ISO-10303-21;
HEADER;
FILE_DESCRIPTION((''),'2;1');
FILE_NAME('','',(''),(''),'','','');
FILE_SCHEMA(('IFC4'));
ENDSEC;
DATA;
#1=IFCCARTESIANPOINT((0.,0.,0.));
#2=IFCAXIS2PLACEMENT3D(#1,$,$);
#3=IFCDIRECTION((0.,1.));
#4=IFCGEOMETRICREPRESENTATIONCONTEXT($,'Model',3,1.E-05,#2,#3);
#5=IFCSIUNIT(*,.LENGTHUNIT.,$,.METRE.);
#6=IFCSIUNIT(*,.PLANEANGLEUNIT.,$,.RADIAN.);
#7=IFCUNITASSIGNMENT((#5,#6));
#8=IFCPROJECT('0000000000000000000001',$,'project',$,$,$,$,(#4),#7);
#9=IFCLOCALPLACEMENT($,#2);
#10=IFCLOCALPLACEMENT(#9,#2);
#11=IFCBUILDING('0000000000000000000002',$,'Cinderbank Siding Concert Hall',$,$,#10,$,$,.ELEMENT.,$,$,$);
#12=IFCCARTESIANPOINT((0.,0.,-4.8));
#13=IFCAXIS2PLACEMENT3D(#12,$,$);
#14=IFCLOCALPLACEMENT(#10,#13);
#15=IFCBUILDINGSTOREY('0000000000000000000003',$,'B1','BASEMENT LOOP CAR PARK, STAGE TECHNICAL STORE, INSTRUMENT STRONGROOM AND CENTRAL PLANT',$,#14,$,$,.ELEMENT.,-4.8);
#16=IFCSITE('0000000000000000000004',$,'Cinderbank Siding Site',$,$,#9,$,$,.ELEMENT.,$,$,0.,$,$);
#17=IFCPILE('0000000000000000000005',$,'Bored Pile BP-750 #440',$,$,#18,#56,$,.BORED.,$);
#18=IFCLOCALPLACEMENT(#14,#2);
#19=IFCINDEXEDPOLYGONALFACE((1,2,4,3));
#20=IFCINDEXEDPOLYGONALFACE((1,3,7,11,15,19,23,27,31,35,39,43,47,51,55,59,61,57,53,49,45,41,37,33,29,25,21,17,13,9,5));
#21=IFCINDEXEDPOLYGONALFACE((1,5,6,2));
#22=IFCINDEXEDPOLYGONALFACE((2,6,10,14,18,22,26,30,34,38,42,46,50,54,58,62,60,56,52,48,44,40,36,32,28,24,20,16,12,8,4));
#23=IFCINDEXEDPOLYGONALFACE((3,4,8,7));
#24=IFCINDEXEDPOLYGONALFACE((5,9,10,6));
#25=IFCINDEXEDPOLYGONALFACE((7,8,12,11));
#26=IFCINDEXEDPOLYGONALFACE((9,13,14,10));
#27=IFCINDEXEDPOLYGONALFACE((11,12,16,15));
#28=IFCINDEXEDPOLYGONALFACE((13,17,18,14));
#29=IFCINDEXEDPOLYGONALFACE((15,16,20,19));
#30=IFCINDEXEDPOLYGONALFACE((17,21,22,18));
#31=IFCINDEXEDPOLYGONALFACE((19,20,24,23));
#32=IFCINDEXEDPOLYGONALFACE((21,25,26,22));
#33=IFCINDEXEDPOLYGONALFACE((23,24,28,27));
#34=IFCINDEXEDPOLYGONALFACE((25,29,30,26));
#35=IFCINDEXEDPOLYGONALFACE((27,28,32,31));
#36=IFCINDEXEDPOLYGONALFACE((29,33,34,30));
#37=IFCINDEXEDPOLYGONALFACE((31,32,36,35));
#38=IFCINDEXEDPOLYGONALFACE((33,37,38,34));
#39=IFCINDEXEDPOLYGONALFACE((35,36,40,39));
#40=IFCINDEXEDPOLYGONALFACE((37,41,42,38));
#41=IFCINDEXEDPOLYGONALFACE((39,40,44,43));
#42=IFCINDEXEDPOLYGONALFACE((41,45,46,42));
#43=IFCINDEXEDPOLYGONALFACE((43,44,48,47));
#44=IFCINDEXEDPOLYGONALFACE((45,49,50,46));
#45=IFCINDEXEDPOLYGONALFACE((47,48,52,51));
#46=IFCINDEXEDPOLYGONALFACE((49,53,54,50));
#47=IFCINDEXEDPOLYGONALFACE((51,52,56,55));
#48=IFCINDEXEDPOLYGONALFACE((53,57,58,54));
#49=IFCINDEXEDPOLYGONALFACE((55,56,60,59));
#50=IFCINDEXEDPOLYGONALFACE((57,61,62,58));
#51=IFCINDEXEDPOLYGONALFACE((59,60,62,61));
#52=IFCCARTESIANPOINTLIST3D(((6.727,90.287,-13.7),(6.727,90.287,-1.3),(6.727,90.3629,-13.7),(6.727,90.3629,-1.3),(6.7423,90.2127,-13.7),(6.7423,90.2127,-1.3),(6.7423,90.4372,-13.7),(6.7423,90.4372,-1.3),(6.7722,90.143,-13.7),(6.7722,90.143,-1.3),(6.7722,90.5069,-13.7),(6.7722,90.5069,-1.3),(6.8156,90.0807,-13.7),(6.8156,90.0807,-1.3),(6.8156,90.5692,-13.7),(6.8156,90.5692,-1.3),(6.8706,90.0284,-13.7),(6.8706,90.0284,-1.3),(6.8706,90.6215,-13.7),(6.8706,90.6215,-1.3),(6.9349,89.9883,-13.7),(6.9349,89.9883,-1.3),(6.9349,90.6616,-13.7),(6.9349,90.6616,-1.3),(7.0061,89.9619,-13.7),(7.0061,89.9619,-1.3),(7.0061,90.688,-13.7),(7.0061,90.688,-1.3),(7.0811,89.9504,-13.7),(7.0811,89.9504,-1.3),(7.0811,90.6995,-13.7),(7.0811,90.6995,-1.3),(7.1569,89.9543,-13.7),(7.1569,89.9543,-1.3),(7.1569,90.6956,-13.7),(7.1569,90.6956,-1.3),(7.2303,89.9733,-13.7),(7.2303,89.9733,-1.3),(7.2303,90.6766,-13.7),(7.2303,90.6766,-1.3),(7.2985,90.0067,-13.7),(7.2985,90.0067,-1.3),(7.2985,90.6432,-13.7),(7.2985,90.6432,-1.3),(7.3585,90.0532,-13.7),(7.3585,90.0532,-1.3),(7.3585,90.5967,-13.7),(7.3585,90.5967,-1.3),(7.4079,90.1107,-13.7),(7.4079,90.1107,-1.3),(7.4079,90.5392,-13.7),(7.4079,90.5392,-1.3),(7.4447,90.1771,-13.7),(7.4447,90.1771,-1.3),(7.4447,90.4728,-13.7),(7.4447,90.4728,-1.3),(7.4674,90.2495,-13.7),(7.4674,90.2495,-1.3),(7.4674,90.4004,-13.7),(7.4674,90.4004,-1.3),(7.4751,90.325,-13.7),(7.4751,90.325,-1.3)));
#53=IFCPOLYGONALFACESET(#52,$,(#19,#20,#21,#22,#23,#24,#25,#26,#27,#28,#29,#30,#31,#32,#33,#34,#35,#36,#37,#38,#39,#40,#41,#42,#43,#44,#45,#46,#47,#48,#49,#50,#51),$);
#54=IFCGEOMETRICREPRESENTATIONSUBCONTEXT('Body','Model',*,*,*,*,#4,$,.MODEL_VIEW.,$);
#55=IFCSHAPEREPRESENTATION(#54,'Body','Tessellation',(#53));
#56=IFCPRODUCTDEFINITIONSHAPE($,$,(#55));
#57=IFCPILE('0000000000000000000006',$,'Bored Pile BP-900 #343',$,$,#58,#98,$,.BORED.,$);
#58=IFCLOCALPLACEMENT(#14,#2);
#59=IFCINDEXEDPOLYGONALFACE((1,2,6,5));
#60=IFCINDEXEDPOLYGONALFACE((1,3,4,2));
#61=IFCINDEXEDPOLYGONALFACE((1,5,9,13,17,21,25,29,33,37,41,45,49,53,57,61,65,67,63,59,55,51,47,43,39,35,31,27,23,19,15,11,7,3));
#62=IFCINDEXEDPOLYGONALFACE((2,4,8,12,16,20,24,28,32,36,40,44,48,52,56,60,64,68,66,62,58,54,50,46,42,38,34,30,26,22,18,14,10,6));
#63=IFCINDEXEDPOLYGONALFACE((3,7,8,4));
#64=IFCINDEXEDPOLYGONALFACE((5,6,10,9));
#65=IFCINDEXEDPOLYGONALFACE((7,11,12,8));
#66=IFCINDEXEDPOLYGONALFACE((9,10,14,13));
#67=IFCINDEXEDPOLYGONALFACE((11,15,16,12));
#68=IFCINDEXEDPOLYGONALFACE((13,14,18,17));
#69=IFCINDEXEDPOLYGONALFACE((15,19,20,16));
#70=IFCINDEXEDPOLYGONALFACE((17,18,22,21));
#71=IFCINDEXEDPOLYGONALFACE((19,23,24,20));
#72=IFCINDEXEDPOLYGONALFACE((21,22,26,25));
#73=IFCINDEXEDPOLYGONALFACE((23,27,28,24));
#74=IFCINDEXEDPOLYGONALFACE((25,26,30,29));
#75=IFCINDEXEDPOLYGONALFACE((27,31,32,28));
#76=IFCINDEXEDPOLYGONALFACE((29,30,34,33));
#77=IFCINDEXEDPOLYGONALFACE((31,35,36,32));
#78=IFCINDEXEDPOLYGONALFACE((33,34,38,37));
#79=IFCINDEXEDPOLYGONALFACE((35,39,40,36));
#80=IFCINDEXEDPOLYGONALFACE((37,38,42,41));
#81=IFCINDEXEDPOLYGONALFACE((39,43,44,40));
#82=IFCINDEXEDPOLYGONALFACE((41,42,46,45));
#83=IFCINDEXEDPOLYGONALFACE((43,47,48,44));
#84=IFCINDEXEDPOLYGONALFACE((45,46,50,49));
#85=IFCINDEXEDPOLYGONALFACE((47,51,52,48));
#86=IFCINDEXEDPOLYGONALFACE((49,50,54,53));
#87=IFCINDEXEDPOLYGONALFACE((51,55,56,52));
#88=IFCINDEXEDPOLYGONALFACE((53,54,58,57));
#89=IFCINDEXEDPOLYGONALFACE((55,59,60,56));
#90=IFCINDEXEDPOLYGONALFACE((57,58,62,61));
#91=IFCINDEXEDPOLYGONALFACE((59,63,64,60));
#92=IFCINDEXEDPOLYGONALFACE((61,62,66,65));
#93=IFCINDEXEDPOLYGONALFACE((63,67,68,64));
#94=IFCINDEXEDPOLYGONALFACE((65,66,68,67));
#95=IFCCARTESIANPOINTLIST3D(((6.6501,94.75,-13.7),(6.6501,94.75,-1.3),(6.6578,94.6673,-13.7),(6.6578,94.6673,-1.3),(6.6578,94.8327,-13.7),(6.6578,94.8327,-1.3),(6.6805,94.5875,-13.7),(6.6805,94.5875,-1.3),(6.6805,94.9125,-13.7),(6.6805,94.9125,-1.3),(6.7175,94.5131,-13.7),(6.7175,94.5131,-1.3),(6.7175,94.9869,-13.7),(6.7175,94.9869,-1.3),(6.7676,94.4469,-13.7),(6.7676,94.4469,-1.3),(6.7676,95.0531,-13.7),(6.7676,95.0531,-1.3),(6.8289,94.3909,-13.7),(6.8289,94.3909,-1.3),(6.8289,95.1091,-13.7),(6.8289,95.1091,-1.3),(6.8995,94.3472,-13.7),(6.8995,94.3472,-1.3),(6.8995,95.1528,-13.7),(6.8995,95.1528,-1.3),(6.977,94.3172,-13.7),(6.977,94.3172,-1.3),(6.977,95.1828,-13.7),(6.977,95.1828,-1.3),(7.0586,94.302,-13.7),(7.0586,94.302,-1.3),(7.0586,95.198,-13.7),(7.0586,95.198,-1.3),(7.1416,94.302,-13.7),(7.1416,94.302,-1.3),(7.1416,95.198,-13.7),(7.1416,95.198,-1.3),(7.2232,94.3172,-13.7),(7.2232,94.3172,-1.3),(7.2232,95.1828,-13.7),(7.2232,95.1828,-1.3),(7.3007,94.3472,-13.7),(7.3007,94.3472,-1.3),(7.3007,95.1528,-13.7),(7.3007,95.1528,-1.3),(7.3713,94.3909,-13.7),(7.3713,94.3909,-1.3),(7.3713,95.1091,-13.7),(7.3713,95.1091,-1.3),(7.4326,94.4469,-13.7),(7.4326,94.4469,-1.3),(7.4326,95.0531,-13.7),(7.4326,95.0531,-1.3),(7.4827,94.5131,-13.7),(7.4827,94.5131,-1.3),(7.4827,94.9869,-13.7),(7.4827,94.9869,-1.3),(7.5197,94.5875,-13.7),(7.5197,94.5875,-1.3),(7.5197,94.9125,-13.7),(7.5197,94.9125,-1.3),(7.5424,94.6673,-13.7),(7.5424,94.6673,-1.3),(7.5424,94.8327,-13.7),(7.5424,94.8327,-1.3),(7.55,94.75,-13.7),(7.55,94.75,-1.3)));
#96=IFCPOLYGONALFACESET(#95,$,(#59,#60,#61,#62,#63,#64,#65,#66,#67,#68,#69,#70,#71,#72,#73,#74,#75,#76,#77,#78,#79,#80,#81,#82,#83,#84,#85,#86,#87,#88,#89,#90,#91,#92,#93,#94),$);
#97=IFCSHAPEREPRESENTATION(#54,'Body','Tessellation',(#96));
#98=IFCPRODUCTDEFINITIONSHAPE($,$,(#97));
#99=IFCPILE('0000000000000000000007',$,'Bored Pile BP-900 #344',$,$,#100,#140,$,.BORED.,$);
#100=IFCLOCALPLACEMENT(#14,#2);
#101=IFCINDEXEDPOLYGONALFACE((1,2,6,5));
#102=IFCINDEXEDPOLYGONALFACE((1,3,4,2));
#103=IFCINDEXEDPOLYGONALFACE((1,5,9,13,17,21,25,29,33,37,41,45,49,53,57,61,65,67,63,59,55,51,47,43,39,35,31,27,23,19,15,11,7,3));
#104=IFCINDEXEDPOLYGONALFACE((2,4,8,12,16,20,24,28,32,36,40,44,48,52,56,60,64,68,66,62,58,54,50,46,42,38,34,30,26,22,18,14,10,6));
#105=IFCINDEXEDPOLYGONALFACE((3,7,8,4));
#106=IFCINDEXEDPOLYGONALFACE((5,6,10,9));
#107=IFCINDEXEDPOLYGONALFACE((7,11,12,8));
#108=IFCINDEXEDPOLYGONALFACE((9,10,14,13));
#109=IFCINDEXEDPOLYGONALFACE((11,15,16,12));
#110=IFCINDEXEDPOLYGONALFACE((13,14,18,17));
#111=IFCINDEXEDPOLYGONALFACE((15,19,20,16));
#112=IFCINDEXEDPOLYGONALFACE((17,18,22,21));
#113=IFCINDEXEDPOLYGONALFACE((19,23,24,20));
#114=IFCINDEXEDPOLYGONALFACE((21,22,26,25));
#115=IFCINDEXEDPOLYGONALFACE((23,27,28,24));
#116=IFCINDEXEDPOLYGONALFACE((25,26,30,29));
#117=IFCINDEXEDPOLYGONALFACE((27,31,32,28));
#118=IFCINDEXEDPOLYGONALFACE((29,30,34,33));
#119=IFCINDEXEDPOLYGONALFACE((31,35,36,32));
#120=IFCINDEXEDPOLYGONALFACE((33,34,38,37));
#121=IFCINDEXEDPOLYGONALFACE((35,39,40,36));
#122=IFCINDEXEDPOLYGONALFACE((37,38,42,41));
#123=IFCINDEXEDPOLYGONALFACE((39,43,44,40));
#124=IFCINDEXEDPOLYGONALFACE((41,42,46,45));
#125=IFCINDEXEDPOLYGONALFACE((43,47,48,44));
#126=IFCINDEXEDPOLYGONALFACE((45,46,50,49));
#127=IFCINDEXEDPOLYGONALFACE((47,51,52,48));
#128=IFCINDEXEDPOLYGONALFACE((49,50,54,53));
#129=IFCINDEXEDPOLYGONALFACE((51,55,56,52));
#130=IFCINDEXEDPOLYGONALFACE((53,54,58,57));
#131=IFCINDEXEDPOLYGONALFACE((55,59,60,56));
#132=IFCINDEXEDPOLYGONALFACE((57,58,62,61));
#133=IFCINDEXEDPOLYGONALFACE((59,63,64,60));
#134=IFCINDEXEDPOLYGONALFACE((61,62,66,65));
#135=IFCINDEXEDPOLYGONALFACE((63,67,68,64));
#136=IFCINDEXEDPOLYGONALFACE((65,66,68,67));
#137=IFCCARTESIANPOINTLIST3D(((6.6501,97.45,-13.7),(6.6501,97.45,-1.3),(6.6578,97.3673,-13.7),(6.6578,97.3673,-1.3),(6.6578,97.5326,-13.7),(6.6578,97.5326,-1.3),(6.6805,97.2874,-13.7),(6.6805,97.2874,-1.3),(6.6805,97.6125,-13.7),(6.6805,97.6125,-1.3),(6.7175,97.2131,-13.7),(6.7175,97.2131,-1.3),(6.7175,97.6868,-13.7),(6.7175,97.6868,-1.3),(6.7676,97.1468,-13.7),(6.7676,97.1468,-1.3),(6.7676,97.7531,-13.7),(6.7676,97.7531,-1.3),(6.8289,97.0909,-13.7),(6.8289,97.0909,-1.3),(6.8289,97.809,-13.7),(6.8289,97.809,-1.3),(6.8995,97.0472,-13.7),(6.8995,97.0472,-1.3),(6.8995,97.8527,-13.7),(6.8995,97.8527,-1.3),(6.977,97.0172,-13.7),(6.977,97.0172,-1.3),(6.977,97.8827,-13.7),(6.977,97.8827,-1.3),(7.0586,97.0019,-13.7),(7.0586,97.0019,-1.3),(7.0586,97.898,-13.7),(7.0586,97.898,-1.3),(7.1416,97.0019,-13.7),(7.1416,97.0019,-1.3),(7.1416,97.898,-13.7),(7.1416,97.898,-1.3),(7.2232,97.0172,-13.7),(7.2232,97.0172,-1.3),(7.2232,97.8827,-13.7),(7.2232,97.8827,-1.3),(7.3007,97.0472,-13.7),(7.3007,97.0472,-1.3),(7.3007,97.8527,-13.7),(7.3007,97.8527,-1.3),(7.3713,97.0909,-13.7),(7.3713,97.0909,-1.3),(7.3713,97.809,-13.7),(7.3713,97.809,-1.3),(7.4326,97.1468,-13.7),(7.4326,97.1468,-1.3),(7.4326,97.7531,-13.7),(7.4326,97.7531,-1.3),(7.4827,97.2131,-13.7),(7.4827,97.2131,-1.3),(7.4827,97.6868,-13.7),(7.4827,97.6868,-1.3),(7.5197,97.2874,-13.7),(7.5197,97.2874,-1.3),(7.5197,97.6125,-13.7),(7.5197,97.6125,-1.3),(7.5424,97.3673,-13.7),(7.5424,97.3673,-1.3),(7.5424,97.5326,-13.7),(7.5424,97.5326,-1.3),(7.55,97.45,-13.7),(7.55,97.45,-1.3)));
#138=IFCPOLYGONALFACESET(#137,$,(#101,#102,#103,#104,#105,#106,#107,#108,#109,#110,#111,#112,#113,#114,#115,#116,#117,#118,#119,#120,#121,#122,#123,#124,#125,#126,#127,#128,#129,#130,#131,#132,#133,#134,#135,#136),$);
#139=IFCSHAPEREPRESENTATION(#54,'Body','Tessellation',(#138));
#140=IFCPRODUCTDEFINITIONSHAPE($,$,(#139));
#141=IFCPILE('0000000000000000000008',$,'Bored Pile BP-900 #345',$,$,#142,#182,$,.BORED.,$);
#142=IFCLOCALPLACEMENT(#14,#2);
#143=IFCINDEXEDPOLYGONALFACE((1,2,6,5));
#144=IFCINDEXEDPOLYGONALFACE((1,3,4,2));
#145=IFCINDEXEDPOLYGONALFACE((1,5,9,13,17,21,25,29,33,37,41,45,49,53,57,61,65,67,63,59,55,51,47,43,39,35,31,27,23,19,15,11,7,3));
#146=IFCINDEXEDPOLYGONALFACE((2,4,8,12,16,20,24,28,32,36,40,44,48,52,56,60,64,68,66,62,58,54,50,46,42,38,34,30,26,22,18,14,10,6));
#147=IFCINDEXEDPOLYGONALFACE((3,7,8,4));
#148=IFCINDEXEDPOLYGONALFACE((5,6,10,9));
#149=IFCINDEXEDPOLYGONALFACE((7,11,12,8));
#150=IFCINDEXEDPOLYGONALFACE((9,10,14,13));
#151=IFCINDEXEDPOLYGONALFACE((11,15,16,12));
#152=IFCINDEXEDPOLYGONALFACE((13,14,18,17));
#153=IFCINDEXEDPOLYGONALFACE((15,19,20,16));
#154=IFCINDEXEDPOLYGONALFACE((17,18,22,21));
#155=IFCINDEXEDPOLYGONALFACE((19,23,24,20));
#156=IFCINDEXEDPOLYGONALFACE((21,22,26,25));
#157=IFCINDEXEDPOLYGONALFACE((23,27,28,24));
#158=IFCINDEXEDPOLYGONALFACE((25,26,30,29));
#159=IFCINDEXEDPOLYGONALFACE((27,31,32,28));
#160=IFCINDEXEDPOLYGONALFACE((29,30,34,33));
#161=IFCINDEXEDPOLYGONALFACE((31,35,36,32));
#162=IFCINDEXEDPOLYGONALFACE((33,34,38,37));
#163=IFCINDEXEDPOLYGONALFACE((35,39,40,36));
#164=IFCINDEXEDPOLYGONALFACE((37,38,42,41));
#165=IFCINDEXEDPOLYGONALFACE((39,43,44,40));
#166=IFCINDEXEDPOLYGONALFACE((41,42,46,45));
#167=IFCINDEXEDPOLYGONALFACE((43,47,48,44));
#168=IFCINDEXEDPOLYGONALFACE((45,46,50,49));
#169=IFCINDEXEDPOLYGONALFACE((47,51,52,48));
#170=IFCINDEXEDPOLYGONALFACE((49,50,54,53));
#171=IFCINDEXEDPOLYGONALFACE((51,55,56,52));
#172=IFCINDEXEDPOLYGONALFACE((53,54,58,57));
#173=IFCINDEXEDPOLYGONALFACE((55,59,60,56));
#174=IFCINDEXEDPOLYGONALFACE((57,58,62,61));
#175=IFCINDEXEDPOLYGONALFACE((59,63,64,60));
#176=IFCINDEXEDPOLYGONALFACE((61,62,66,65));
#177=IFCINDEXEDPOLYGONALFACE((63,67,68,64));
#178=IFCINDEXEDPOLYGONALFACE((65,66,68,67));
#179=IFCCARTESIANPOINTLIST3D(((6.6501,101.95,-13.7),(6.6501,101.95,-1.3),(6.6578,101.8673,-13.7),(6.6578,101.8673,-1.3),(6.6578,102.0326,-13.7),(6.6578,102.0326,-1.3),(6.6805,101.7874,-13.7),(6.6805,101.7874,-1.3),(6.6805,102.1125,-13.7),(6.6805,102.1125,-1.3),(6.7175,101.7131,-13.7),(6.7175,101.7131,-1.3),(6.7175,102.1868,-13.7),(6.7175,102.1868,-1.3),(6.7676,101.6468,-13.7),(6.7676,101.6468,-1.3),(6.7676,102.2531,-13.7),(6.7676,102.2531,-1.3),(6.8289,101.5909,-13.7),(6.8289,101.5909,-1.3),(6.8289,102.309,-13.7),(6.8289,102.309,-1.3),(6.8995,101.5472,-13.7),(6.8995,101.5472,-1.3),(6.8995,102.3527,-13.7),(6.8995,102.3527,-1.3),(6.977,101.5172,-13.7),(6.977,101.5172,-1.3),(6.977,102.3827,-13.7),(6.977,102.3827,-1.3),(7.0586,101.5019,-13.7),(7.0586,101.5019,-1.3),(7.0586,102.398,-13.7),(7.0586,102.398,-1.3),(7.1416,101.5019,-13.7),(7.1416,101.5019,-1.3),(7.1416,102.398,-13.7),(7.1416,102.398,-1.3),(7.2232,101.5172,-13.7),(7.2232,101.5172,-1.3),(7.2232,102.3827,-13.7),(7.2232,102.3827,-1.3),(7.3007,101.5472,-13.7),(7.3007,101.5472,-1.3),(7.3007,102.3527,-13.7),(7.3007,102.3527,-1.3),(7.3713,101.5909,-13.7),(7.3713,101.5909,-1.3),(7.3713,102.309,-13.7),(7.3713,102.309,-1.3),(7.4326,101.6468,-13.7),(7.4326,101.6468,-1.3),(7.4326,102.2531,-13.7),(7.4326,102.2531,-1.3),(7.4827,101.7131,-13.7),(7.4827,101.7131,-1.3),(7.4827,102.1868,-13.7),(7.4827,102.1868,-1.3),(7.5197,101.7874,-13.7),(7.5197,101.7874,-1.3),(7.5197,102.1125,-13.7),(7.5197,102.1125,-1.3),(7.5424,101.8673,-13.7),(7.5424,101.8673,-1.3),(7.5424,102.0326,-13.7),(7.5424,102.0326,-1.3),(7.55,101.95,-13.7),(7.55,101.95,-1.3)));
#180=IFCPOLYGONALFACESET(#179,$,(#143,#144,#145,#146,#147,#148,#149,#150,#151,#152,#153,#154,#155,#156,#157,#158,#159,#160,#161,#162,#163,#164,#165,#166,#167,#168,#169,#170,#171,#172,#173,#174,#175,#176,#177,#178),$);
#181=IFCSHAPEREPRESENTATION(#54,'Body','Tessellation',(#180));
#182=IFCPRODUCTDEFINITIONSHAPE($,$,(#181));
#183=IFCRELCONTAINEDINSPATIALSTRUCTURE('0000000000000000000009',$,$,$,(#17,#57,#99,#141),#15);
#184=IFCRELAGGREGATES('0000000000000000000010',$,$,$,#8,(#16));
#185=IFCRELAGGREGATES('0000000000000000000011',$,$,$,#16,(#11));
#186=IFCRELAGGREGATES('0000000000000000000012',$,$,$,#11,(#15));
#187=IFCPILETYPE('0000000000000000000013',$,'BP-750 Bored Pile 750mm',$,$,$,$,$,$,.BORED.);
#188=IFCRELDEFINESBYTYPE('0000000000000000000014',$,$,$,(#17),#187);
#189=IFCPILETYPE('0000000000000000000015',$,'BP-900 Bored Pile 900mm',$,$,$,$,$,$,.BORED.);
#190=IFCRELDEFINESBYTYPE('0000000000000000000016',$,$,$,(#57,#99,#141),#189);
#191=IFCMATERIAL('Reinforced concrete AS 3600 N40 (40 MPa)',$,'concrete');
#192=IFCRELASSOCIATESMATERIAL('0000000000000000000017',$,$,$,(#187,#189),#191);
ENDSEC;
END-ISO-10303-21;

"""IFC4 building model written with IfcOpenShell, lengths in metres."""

from ifc_helpers import new_model, si_unit, direction, frame, origin, origin_2d, place, context, subcontext, project, spatial, circle, extrude, material, material_profile, profile_set, type_object, element, save


model = new_model("IFC4")

# Units and contexts
model_context = context("Model", 3, precision=1e-05, world=origin(), true_north=direction((0.0, 1.0)))
body_context = subcontext(model_context, "Body", "Model", "MODEL_VIEW")
ifc_project = project(units=[si_unit("LENGTHUNIT", "METRE"), si_unit("PLANEANGLEUNIT", "RADIAN")], contexts=[model_context])

# Site, building, storey
site_placement = place(None, origin())
site = spatial("IfcSite", under=ifc_project, at=site_placement, Name="Cinderbank Siding Site", CompositionType="ELEMENT", RefElevation=0.0)
building_placement = place(site_placement, origin())
building = spatial("IfcBuilding", under=site, at=building_placement, Name="Cinderbank Siding Concert Hall", CompositionType="ELEMENT")
storey_placement = place(building_placement, frame((0.0, 0.0, -4.8)))
storey = spatial("IfcBuildingStorey", under=building, at=storey_placement, Name="B1", Description="BASEMENT LOOP CAR PARK, STAGE TECHNICAL STORE, INSTRUMENT STRONGROOM AND CENTRAL PLANT", CompositionType="ELEMENT", Elevation=-4.8)

# Piles
ifc_material_1 = material(Name="Reinforced concrete AS 3600 N40 (40 MPa)", Category="concrete")
ifc_material_profile_1 = material_profile(ifc_material_1, circle(Radius=0.375, at=origin_2d()), Name="PILE-750DIA", Category="LoadBearing")
ifc_profile_set_1 = profile_set([ifc_material_profile_1], Name="Reinforced concrete AS 3600 N40 (40 MPa)")
pile_type_1 = type_object("IfcPileType", Name="BP-750 Bored Pile 750mm", PredefinedType="BORED", material=ifc_profile_set_1)
pile_placement = place(storey_placement, frame((7.1001, 90.325, -1.3), z_axis=(0.0, 0.0, -1.0), x_axis=(1.0, 0.0, 0.0)))
element("IfcPile", 1, at=pile_placement, inside=storey, type_object=pile_type_1, Name="Bored Pile BP-750 #440", PredefinedType="BORED", context=body_context, shape_type="SweptSolid", body=[
    extrude(circle(Radius=0.375, at=origin_2d()), origin(), (0.0, 0.0, 1.0), 12.3999),
])
ifc_material_profile_2 = material_profile(ifc_material_1, circle(Radius=0.45, at=origin_2d()), Name="PILE-900DIA", Category="LoadBearing")
ifc_profile_set_2 = profile_set([ifc_material_profile_2], Name="Reinforced concrete AS 3600 N40 (40 MPa)")
pile_type_2 = type_object("IfcPileType", Name="BP-900 Bored Pile 900mm", PredefinedType="BORED", material=ifc_profile_set_2)
for number, where, z_axis, x_axis, name in (
    (2, (7.1001, 94.75, -1.3), (0.0, 0.0, -1.0), (1.0, 0.0, 0.0), "Bored Pile BP-900 #343"),
    (3, (7.1001, 97.45, -1.3), (0.0, 0.0, -1.0), (1.0, 0.0, 0.0), "Bored Pile BP-900 #344"),
    (4, (7.1001, 101.95, -1.3), (0.0, 0.0, -1.0), (1.0, 0.0, 0.0), "Bored Pile BP-900 #345"),
):
    element("IfcPile", number, at=place(storey_placement, frame(where, z_axis=z_axis, x_axis=x_axis)), inside=storey, type_object=pile_type_2, Name=name, PredefinedType="BORED", context=body_context, shape_type="SweptSolid", body=[
        extrude(circle(Radius=0.45, at=origin_2d()), origin(), (0.0, 0.0, 1.0), 12.3999),
    ])

save(model, "model.ifc")
